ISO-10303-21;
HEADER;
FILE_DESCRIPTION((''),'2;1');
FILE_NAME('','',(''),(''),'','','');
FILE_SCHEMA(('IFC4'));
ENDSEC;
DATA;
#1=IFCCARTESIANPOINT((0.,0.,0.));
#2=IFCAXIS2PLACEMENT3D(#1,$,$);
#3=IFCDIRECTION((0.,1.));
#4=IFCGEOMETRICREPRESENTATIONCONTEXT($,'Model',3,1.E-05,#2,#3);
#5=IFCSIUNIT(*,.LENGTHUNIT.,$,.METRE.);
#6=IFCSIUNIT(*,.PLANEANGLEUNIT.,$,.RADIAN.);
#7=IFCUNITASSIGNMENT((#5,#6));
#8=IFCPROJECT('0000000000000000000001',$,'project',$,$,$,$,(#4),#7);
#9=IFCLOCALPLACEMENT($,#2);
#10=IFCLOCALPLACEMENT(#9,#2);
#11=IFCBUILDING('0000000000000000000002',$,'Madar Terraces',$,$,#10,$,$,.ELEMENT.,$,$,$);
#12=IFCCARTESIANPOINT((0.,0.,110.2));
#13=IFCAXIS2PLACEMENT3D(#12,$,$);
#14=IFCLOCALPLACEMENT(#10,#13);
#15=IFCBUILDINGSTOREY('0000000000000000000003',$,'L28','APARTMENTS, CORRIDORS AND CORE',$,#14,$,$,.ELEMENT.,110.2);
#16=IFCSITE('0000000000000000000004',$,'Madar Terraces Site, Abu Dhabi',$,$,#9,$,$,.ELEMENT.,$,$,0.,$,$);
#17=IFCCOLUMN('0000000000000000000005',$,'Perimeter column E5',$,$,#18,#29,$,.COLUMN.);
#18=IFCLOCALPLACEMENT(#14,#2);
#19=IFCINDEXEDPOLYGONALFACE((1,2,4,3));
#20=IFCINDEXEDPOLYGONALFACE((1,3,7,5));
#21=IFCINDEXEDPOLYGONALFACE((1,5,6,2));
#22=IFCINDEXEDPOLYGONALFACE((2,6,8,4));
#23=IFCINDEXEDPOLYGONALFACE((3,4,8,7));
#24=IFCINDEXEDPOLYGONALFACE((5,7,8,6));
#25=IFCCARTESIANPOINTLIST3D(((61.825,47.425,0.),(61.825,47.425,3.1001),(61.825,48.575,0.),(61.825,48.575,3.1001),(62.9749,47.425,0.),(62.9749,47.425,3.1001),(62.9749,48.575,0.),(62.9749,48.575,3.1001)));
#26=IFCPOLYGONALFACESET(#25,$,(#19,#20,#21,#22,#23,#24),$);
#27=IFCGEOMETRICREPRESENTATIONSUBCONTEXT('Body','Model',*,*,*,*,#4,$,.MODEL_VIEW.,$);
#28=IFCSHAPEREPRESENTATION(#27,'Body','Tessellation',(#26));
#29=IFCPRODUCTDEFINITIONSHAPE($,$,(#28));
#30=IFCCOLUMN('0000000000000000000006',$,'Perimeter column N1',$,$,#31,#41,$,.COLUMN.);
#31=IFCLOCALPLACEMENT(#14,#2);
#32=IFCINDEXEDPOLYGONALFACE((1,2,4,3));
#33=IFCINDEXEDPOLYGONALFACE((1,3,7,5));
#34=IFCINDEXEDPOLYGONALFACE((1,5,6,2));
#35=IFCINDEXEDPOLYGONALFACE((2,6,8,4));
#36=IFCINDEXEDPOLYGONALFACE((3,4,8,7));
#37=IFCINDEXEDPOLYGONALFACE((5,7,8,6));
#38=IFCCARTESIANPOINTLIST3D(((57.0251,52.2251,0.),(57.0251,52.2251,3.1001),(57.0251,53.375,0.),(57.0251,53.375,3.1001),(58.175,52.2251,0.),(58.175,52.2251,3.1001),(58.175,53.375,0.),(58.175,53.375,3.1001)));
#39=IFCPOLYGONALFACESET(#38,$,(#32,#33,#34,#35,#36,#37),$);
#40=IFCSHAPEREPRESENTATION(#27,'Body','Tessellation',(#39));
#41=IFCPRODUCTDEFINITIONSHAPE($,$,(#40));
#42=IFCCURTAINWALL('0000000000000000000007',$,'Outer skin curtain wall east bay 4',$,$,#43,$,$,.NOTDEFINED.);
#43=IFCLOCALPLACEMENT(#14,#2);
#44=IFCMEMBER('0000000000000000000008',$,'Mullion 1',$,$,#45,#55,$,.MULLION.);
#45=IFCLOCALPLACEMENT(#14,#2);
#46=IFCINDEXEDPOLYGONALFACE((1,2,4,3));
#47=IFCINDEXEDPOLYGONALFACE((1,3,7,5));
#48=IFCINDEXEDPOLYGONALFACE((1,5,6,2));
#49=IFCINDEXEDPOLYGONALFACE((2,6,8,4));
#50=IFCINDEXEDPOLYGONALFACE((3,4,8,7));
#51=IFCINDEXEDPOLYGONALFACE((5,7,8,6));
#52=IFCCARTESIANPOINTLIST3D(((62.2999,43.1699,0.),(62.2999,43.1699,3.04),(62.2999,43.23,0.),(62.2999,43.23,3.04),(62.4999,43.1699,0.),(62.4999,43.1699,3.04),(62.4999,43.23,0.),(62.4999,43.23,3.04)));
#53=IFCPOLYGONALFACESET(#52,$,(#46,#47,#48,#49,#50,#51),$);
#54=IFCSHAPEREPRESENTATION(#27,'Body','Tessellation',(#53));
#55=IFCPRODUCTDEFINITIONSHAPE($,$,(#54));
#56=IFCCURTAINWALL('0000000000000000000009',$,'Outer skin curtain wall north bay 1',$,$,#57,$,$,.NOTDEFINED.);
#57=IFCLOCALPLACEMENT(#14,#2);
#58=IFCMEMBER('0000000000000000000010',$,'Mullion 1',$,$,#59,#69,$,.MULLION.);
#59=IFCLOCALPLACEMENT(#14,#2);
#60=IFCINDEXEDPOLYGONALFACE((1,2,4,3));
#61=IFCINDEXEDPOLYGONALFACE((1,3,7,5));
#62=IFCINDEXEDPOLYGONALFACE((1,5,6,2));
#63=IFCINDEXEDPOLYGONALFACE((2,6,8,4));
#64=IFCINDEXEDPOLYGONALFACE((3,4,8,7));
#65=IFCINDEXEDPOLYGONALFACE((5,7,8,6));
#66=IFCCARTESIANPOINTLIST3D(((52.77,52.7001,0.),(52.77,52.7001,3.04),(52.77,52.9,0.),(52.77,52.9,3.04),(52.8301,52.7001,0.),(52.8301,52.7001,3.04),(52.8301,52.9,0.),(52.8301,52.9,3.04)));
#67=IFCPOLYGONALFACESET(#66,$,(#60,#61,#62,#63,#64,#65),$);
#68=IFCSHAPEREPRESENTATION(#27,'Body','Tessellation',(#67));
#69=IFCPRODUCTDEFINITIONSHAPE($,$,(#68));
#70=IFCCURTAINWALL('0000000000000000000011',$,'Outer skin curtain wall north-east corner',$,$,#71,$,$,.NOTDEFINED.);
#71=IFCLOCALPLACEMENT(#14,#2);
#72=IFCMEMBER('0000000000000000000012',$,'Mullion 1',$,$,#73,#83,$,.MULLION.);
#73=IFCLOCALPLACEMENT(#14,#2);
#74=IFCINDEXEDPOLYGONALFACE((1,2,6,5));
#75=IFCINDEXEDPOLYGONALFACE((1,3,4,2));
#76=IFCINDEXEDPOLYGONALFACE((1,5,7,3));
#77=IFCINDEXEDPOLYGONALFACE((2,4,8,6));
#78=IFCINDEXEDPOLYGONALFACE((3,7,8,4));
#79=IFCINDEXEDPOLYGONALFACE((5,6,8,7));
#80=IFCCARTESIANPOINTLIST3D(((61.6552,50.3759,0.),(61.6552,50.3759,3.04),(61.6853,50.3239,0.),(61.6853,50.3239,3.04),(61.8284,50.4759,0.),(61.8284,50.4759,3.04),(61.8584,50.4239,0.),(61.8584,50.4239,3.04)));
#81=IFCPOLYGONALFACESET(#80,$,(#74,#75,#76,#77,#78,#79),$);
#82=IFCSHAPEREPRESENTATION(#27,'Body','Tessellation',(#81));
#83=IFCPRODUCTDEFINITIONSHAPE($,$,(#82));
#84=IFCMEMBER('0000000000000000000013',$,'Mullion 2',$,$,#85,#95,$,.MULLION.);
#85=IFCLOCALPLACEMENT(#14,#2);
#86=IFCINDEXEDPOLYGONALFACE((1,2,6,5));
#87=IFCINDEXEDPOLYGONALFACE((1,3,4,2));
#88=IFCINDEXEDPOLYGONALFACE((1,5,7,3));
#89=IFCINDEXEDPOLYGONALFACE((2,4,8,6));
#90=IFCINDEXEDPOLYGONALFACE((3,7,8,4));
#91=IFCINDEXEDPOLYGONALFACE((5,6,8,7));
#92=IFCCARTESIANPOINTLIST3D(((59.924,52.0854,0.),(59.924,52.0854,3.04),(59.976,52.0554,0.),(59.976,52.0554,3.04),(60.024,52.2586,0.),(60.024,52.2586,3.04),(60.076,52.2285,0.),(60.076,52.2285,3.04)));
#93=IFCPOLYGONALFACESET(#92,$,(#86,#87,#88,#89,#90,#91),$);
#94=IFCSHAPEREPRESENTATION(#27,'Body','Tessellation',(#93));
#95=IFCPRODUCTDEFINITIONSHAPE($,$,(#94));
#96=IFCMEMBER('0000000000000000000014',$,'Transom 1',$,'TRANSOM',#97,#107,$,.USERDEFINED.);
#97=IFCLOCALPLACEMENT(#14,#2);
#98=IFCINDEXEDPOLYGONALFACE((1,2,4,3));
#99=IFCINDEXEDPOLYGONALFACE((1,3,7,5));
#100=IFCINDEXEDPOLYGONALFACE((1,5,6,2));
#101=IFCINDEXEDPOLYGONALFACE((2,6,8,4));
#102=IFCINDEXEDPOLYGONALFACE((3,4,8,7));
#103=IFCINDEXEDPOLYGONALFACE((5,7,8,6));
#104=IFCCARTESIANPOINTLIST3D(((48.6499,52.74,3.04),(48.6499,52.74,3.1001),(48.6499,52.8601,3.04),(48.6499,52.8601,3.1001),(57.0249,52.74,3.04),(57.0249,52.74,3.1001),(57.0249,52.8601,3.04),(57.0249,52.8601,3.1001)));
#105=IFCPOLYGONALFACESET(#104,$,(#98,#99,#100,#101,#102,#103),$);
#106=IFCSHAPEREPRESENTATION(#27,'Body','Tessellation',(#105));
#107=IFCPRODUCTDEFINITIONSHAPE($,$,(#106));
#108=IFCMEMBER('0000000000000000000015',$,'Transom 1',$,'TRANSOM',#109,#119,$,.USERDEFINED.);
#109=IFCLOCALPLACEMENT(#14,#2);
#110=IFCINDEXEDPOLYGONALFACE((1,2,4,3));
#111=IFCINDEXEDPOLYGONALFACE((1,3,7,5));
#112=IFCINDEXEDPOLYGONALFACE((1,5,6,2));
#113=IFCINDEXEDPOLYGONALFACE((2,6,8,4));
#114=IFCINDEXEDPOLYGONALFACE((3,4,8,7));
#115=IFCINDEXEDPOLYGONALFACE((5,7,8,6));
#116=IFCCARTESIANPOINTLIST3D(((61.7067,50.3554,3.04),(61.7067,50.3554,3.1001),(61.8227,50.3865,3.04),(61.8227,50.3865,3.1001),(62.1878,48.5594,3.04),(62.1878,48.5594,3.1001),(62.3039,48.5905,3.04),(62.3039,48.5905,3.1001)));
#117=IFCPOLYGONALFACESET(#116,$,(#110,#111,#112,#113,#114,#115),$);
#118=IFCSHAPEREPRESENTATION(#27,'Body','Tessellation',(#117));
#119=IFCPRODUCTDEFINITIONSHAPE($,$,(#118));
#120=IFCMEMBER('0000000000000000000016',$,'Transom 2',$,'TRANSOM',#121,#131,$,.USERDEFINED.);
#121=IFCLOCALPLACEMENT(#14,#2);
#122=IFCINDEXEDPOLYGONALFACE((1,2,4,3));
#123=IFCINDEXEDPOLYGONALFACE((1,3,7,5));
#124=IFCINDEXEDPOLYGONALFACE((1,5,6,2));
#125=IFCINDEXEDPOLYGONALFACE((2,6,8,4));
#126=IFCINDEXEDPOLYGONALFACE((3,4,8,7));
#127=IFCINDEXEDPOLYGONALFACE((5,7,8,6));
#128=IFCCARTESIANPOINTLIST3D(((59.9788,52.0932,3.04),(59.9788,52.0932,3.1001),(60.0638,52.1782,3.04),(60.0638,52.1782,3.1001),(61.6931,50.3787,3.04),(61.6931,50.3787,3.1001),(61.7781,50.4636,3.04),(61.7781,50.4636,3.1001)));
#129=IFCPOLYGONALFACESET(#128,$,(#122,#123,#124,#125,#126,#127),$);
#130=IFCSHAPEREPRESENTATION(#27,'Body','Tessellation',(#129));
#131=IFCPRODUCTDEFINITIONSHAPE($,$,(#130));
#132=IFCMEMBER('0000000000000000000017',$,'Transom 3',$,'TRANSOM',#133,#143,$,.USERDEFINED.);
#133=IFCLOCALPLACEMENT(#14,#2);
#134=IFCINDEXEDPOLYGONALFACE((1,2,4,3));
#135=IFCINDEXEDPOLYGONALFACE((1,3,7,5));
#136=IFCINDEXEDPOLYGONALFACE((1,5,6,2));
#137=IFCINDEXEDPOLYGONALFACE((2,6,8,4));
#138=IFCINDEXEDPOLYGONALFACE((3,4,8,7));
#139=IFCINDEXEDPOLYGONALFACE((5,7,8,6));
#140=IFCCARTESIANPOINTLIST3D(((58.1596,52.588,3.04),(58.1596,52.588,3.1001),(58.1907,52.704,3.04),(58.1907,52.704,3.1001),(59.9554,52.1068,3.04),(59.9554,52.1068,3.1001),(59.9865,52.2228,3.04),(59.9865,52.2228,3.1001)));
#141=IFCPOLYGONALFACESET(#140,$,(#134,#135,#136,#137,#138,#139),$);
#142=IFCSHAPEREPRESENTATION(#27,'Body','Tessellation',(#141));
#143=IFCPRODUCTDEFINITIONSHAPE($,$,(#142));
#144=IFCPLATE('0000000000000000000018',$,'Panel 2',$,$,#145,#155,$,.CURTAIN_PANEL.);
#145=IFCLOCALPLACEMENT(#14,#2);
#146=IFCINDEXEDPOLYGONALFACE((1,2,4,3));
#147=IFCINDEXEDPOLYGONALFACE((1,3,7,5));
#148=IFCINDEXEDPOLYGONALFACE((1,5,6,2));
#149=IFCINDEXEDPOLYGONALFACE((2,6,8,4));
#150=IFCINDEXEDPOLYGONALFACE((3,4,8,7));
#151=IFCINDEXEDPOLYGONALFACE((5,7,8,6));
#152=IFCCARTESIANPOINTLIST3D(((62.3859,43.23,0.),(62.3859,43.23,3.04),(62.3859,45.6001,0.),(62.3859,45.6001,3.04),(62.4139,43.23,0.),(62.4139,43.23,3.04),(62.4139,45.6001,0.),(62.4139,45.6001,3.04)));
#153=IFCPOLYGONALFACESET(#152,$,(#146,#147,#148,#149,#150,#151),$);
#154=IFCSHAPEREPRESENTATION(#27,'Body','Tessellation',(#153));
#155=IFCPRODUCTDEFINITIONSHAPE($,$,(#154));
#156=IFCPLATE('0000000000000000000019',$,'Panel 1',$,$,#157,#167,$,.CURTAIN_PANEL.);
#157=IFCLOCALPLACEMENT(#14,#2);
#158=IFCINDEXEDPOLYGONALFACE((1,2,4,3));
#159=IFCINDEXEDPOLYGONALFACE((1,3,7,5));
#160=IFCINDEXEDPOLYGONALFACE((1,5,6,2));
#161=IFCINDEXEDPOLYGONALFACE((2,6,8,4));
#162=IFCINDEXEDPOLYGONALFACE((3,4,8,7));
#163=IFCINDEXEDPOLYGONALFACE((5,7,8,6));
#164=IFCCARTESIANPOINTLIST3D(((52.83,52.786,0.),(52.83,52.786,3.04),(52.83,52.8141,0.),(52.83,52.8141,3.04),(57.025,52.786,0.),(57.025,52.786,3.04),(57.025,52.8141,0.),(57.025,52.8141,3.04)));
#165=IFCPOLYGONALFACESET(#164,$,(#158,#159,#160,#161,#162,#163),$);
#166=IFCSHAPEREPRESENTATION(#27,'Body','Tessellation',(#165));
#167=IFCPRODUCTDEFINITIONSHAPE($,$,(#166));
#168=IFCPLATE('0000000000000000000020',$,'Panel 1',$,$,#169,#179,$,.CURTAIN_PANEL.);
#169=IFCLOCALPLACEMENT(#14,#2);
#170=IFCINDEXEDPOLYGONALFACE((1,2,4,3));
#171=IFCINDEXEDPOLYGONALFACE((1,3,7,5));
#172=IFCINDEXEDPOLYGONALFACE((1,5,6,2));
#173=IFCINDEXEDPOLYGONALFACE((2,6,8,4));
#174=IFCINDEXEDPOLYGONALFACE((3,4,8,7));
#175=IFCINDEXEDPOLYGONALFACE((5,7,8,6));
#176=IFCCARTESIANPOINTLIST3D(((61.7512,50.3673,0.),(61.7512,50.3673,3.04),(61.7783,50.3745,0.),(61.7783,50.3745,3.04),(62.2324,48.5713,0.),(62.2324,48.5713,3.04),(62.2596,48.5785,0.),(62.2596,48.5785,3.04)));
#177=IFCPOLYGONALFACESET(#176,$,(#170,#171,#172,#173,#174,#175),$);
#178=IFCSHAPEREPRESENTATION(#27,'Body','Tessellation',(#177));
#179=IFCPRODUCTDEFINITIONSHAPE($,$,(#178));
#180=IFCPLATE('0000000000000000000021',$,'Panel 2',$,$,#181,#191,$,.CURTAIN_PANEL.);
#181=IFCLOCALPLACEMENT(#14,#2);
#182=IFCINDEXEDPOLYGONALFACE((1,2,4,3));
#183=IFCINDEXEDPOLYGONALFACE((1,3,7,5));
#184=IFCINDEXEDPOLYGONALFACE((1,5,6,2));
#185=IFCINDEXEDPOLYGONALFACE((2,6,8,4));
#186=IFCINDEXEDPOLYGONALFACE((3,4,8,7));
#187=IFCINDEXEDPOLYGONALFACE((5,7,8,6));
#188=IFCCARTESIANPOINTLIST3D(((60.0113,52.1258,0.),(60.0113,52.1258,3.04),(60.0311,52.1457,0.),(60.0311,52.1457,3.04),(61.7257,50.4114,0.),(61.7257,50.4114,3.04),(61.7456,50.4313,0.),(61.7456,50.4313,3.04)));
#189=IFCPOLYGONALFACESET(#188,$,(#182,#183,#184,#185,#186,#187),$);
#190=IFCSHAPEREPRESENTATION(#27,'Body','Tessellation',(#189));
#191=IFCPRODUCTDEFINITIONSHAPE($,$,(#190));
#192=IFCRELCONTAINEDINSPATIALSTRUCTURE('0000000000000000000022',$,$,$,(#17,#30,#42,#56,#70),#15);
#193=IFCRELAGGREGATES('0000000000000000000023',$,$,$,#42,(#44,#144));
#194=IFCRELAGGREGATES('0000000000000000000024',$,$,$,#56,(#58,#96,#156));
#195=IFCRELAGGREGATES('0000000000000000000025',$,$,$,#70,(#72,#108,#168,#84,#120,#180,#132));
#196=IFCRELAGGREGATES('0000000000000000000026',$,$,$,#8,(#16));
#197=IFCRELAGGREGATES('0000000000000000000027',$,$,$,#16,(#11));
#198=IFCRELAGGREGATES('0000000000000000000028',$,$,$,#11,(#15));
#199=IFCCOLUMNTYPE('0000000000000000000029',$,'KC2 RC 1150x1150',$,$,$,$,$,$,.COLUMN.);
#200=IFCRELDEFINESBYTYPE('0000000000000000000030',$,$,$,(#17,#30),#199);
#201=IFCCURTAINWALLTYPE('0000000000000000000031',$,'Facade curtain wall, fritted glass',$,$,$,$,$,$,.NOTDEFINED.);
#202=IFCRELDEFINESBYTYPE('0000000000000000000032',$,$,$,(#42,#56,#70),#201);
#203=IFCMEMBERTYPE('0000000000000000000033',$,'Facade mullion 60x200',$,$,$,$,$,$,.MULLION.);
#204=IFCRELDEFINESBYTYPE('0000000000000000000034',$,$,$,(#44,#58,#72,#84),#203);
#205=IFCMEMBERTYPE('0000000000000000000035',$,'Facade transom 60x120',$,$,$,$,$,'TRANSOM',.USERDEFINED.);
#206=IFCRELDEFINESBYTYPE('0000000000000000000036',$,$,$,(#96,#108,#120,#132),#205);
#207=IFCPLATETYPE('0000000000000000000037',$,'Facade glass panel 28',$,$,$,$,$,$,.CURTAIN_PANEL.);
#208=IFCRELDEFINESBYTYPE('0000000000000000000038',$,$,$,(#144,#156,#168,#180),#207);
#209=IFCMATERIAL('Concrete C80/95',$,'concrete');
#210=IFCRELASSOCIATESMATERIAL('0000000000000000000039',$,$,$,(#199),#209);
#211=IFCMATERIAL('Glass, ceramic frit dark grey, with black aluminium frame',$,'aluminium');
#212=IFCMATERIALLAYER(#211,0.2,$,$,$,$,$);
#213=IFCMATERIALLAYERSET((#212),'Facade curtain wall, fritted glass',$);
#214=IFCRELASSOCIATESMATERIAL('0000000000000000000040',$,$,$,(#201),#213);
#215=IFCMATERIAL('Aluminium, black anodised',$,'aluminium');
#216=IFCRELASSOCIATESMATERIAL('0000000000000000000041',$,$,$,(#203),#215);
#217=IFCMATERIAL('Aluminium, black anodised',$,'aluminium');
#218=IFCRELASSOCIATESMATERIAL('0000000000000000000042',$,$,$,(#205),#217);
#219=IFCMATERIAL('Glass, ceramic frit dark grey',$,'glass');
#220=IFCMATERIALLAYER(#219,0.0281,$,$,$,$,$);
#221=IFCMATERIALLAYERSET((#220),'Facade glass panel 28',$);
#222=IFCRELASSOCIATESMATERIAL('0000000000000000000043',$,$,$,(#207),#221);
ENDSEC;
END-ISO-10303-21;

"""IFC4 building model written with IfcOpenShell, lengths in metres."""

from ifc_helpers import new_model, si_unit, direction, frame, origin, origin_2d, place, context, subcontext, project, spatial, rectangle, extrude, material, layer, layer_set, material_profile, profile_set, type_object, element, aggregate, save


model = new_model("IFC4")

# Units and contexts
model_context = context("Model", 3, precision=1e-05, world=origin(), true_north=direction((0.0, 1.0)))
body_context = subcontext(model_context, "Body", "Model", "MODEL_VIEW")
ifc_project = project(units=[si_unit("LENGTHUNIT", "METRE"), si_unit("PLANEANGLEUNIT", "RADIAN")], contexts=[model_context])

# Site, building, storey
site_placement = place(None, origin())
site = spatial("IfcSite", under=ifc_project, at=site_placement, Name="Madar Terraces Site, Abu Dhabi", CompositionType="ELEMENT", RefElevation=0.0)
building_placement = place(site_placement, origin())
building = spatial("IfcBuilding", under=site, at=building_placement, Name="Madar Terraces", CompositionType="ELEMENT")
storey_placement = place(building_placement, frame((0.0, 0.0, 110.2)))
storey = spatial("IfcBuildingStorey", under=building, at=storey_placement, Name="L28", Description="APARTMENTS, CORRIDORS AND CORE", CompositionType="ELEMENT", Elevation=110.2)

# Columns
ifc_material_1 = material(Name="Concrete C80/95", Category="concrete")
ifc_material_profile_1 = material_profile(ifc_material_1, rectangle(XDim=1.1499, YDim=1.1499, at=origin_2d()), Name="KC2 RC 1150x1150")
ifc_profile_set_1 = profile_set([ifc_material_profile_1], Name="Concrete C80/95")
column_type = type_object("IfcColumnType", Name="KC2 RC 1150x1150", PredefinedType="COLUMN", material=ifc_profile_set_1)
for number, where, z_axis, x_axis, name in (
    (1, (62.3999, 48.0, 0.0), (0.0, 0.0, 1.0), (1.0, 0.0, 0.0), "Perimeter column E5"),
    (2, (57.6001, 52.8, 0.0), (0.0, 0.0, 1.0), (1.0, 0.0, 0.0), "Perimeter column N1"),
):
    element("IfcColumn", number, at=place(storey_placement, frame(where, z_axis=z_axis, x_axis=x_axis)), inside=storey, type_object=column_type, Name=name, PredefinedType="COLUMN", context=body_context, shape_type="SweptSolid", body=[
        extrude(rectangle(XDim=1.1499, YDim=1.1499, at=origin_2d()), origin(), (0.0, 0.0, 1.0), 3.1001),
    ])

# Curtain walls, members
ifc_material_2 = material(Name="Glass, ceramic frit dark grey, with black aluminium frame", Category="aluminium")
ifc_layer_1 = layer(ifc_material_2, 0.2)
ifc_layer_set_1 = layer_set([ifc_layer_1], Name="Facade curtain wall, fritted glass")
curtain_wall_type = type_object("IfcCurtainWallType", Name="Facade curtain wall, fritted glass", PredefinedType="NOTDEFINED", material=ifc_layer_set_1)
curtain_wall_1_placement = place(storey_placement, origin())
curtain_wall_1 = element("IfcCurtainWall", 3, at=curtain_wall_1_placement, inside=storey, type_object=curtain_wall_type, Name="Outer skin curtain wall east bay 4", PredefinedType="NOTDEFINED")
ifc_material_3 = material(Name="Aluminium, black anodised", Category="aluminium")
ifc_material_profile_2 = material_profile(ifc_material_3, rectangle(XDim=0.2, YDim=0.0601, at=origin_2d()), Name="Facade mullion 60x200")
ifc_profile_set_2 = profile_set([ifc_material_profile_2], Name="Aluminium, black anodised")
member_type_1 = type_object("IfcMemberType", Name="Facade mullion 60x200", PredefinedType="MULLION", material=ifc_profile_set_2)
member_1_placement = place(storey_placement, frame((62.3999, 43.2, 0.0), z_axis=(0.0, 0.0, 1.0), x_axis=(-1.0, 0.0, 0.0)))
member_1 = element("IfcMember", 4, at=member_1_placement, type_object=member_type_1, Name="Mullion 1", PredefinedType="MULLION", context=body_context, shape_type="SweptSolid", body=[
    extrude(rectangle(XDim=0.2, YDim=0.0601, at=origin_2d()), origin(), (0.0, 0.0, 1.0), 3.04),
])
curtain_wall_2_placement = place(storey_placement, origin())
curtain_wall_2 = element("IfcCurtainWall", 5, at=curtain_wall_2_placement, inside=storey, type_object=curtain_wall_type, Name="Outer skin curtain wall north bay 1", PredefinedType="NOTDEFINED")
member_2_placement = place(storey_placement, frame((52.8, 52.8, 0.0), z_axis=(0.0, 0.0, 1.0), x_axis=(0.0, -1.0, 0.0)))
member_2 = element("IfcMember", 6, at=member_2_placement, type_object=member_type_1, Name="Mullion 1", PredefinedType="MULLION", context=body_context, shape_type="SweptSolid", body=[
    extrude(rectangle(XDim=0.2, YDim=0.0601, at=origin_2d()), origin(), (0.0, 0.0, 1.0), 3.04),
])

# Curtain wall, members
curtain_wall_3_placement = place(storey_placement, origin())
curtain_wall_3 = element("IfcCurtainWall", 7, at=curtain_wall_3_placement, inside=storey, type_object=curtain_wall_type, Name="Outer skin curtain wall north-east corner", PredefinedType="NOTDEFINED")
member_3_placement = place(storey_placement, frame((61.7568, 50.3999, 0.0), z_axis=(0.0, 0.0, 1.0), x_axis=(-0.866025, -0.5, 0.0)))
member_3 = element("IfcMember", 8, at=member_3_placement, type_object=member_type_1, Name="Mullion 1", PredefinedType="MULLION", context=body_context, shape_type="SweptSolid", body=[
    extrude(rectangle(XDim=0.2, YDim=0.0601, at=origin_2d()), origin(), (0.0, 0.0, 1.0), 3.04),
])
member_4_placement = place(storey_placement, frame((60.0, 52.157, 0.0), z_axis=(0.0, 0.0, 1.0), x_axis=(-0.5, -0.866025, 0.0)))
member_4 = element("IfcMember", 9, at=member_4_placement, type_object=member_type_1, Name="Mullion 2", PredefinedType="MULLION", context=body_context, shape_type="SweptSolid", body=[
    extrude(rectangle(XDim=0.2, YDim=0.0601, at=origin_2d()), origin(), (0.0, 0.0, 1.0), 3.04),
])

# Members
ifc_material_4 = material(Name="Aluminium, black anodised", Category="aluminium")
ifc_material_profile_3 = material_profile(ifc_material_4, rectangle(XDim=0.1201, YDim=0.0601, at=origin_2d()), Name="Facade transom 60x120")
ifc_profile_set_3 = profile_set([ifc_material_profile_3], Name="Aluminium, black anodised")
member_type_2 = type_object("IfcMemberType", Name="Facade transom 60x120", ElementType="TRANSOM", PredefinedType="USERDEFINED", material=ifc_profile_set_3)
member_5_placement = place(storey_placement, frame((57.0249, 52.8, 3.0701), z_axis=(-1.0, 0.0, 0.0), x_axis=(0.0, -1.0, 0.0)))
member_5 = element("IfcMember", 10, at=member_5_placement, type_object=member_type_2, Name="Transom 1", ObjectType="TRANSOM", PredefinedType="USERDEFINED", context=body_context, shape_type="SweptSolid", body=[
    extrude(rectangle(XDim=0.1201, YDim=0.0601, at=origin_2d()), origin(), (0.0, 0.0, 1.0), 8.375),
])
member_6_placement = place(storey_placement, frame((62.2458, 48.575, 3.0701), z_axis=(-0.258782, 0.965936, 0.0), x_axis=(-0.965936, -0.258782, 0.0)))
member_6 = element("IfcMember", 11, at=member_6_placement, type_object=member_type_2, Name="Transom 1", ObjectType="TRANSOM", PredefinedType="USERDEFINED", context=body_context, shape_type="SweptSolid", body=[
    extrude(rectangle(XDim=0.1201, YDim=0.0601, at=origin_2d()), origin(), (0.0, 0.0, 1.0), 1.8594),
])
member_7_placement = place(storey_placement, frame((61.7356, 50.4211, 3.0701), z_axis=(-0.707056, 0.707157, 0.0), x_axis=(-0.707157, -0.707056, 0.0)))
member_7 = element("IfcMember", 12, at=member_7_placement, type_object=member_type_2, Name="Transom 2", ObjectType="TRANSOM", PredefinedType="USERDEFINED", context=body_context, shape_type="SweptSolid", body=[
    extrude(rectangle(XDim=0.1201, YDim=0.0601, at=origin_2d()), origin(), (0.0, 0.0, 1.0), 2.4246),
])
member_8_placement = place(storey_placement, frame((59.9709, 52.1648, 3.0701), z_axis=(-0.965927, 0.258815, 0.0), x_axis=(-0.258815, -0.965927, 0.0)))
member_8 = element("IfcMember", 13, at=member_8_placement, type_object=member_type_2, Name="Transom 3", ObjectType="TRANSOM", PredefinedType="USERDEFINED", context=body_context, shape_type="SweptSolid", body=[
    extrude(rectangle(XDim=0.1201, YDim=0.0601, at=origin_2d()), origin(), (0.0, 0.0, 1.0), 1.8591),
])

# Plates
ifc_material_5 = material(Name="Glass, ceramic frit dark grey", Category="glass")
ifc_layer_2 = layer(ifc_material_5, 0.0281)
ifc_layer_set_2 = layer_set([ifc_layer_2], Name="Facade glass panel 28")
plate_type = type_object("IfcPlateType", Name="Facade glass panel 28", PredefinedType="CURTAIN_PANEL", material=ifc_layer_set_2)
plate_1_placement = place(storey_placement, frame((62.3999, 44.415, 0.0), z_axis=(0.0, 0.0, 1.0), x_axis=(0.0, 1.0, 0.0)))
plate_1 = element("IfcPlate", 14, at=plate_1_placement, type_object=plate_type, Name="Panel 2", PredefinedType="CURTAIN_PANEL", context=body_context, shape_type="SweptSolid", body=[
    extrude(rectangle(XDim=2.3701, YDim=0.0281, at=origin_2d()), origin(), (0.0, 0.0, 1.0), 3.04),
])
aggregate(curtain_wall_1, [member_1, plate_1])
plate_2_placement = place(storey_placement, frame((54.9275, 52.8, 0.0), z_axis=(0.0, 0.0, 1.0), x_axis=(-1.0, 0.0, 0.0)))
plate_2 = element("IfcPlate", 15, at=plate_2_placement, type_object=plate_type, Name="Panel 1", PredefinedType="CURTAIN_PANEL", context=body_context, shape_type="SweptSolid", body=[
    extrude(rectangle(XDim=4.1951, YDim=0.0281, at=origin_2d()), origin(), (0.0, 0.0, 1.0), 3.04),
])
aggregate(curtain_wall_2, [member_2, member_5, plate_2])
plate_3_placement = place(storey_placement, frame((62.0054, 49.4729, 0.0), z_axis=(0.0, 0.0, 1.0), x_axis=(-0.258819, 0.965926, 0.0)))
plate_3 = element("IfcPlate", 16, at=plate_3_placement, type_object=plate_type, Name="Panel 1", PredefinedType="CURTAIN_PANEL", context=body_context, shape_type="SweptSolid", body=[
    extrude(rectangle(XDim=1.8594, YDim=0.0281, at=origin_2d()), origin(), (0.0, 0.0, 1.0), 3.04),
])
plate_4_placement = place(storey_placement, frame((60.8784, 51.2786, 0.0), z_axis=(0.0, 0.0, 1.0), x_axis=(-0.707107, 0.707107, 0.0)))
plate_4 = element("IfcPlate", 17, at=plate_4_placement, type_object=plate_type, Name="Panel 2", PredefinedType="CURTAIN_PANEL", context=body_context, shape_type="SweptSolid", body=[
    extrude(rectangle(XDim=2.4246, YDim=0.0281, at=origin_2d()), origin(), (0.0, 0.0, 1.0), 3.04),
])
aggregate(curtain_wall_3, [member_3, member_6, plate_3, member_4, member_7, plate_4, member_8])

save(model, "model.ifc")
